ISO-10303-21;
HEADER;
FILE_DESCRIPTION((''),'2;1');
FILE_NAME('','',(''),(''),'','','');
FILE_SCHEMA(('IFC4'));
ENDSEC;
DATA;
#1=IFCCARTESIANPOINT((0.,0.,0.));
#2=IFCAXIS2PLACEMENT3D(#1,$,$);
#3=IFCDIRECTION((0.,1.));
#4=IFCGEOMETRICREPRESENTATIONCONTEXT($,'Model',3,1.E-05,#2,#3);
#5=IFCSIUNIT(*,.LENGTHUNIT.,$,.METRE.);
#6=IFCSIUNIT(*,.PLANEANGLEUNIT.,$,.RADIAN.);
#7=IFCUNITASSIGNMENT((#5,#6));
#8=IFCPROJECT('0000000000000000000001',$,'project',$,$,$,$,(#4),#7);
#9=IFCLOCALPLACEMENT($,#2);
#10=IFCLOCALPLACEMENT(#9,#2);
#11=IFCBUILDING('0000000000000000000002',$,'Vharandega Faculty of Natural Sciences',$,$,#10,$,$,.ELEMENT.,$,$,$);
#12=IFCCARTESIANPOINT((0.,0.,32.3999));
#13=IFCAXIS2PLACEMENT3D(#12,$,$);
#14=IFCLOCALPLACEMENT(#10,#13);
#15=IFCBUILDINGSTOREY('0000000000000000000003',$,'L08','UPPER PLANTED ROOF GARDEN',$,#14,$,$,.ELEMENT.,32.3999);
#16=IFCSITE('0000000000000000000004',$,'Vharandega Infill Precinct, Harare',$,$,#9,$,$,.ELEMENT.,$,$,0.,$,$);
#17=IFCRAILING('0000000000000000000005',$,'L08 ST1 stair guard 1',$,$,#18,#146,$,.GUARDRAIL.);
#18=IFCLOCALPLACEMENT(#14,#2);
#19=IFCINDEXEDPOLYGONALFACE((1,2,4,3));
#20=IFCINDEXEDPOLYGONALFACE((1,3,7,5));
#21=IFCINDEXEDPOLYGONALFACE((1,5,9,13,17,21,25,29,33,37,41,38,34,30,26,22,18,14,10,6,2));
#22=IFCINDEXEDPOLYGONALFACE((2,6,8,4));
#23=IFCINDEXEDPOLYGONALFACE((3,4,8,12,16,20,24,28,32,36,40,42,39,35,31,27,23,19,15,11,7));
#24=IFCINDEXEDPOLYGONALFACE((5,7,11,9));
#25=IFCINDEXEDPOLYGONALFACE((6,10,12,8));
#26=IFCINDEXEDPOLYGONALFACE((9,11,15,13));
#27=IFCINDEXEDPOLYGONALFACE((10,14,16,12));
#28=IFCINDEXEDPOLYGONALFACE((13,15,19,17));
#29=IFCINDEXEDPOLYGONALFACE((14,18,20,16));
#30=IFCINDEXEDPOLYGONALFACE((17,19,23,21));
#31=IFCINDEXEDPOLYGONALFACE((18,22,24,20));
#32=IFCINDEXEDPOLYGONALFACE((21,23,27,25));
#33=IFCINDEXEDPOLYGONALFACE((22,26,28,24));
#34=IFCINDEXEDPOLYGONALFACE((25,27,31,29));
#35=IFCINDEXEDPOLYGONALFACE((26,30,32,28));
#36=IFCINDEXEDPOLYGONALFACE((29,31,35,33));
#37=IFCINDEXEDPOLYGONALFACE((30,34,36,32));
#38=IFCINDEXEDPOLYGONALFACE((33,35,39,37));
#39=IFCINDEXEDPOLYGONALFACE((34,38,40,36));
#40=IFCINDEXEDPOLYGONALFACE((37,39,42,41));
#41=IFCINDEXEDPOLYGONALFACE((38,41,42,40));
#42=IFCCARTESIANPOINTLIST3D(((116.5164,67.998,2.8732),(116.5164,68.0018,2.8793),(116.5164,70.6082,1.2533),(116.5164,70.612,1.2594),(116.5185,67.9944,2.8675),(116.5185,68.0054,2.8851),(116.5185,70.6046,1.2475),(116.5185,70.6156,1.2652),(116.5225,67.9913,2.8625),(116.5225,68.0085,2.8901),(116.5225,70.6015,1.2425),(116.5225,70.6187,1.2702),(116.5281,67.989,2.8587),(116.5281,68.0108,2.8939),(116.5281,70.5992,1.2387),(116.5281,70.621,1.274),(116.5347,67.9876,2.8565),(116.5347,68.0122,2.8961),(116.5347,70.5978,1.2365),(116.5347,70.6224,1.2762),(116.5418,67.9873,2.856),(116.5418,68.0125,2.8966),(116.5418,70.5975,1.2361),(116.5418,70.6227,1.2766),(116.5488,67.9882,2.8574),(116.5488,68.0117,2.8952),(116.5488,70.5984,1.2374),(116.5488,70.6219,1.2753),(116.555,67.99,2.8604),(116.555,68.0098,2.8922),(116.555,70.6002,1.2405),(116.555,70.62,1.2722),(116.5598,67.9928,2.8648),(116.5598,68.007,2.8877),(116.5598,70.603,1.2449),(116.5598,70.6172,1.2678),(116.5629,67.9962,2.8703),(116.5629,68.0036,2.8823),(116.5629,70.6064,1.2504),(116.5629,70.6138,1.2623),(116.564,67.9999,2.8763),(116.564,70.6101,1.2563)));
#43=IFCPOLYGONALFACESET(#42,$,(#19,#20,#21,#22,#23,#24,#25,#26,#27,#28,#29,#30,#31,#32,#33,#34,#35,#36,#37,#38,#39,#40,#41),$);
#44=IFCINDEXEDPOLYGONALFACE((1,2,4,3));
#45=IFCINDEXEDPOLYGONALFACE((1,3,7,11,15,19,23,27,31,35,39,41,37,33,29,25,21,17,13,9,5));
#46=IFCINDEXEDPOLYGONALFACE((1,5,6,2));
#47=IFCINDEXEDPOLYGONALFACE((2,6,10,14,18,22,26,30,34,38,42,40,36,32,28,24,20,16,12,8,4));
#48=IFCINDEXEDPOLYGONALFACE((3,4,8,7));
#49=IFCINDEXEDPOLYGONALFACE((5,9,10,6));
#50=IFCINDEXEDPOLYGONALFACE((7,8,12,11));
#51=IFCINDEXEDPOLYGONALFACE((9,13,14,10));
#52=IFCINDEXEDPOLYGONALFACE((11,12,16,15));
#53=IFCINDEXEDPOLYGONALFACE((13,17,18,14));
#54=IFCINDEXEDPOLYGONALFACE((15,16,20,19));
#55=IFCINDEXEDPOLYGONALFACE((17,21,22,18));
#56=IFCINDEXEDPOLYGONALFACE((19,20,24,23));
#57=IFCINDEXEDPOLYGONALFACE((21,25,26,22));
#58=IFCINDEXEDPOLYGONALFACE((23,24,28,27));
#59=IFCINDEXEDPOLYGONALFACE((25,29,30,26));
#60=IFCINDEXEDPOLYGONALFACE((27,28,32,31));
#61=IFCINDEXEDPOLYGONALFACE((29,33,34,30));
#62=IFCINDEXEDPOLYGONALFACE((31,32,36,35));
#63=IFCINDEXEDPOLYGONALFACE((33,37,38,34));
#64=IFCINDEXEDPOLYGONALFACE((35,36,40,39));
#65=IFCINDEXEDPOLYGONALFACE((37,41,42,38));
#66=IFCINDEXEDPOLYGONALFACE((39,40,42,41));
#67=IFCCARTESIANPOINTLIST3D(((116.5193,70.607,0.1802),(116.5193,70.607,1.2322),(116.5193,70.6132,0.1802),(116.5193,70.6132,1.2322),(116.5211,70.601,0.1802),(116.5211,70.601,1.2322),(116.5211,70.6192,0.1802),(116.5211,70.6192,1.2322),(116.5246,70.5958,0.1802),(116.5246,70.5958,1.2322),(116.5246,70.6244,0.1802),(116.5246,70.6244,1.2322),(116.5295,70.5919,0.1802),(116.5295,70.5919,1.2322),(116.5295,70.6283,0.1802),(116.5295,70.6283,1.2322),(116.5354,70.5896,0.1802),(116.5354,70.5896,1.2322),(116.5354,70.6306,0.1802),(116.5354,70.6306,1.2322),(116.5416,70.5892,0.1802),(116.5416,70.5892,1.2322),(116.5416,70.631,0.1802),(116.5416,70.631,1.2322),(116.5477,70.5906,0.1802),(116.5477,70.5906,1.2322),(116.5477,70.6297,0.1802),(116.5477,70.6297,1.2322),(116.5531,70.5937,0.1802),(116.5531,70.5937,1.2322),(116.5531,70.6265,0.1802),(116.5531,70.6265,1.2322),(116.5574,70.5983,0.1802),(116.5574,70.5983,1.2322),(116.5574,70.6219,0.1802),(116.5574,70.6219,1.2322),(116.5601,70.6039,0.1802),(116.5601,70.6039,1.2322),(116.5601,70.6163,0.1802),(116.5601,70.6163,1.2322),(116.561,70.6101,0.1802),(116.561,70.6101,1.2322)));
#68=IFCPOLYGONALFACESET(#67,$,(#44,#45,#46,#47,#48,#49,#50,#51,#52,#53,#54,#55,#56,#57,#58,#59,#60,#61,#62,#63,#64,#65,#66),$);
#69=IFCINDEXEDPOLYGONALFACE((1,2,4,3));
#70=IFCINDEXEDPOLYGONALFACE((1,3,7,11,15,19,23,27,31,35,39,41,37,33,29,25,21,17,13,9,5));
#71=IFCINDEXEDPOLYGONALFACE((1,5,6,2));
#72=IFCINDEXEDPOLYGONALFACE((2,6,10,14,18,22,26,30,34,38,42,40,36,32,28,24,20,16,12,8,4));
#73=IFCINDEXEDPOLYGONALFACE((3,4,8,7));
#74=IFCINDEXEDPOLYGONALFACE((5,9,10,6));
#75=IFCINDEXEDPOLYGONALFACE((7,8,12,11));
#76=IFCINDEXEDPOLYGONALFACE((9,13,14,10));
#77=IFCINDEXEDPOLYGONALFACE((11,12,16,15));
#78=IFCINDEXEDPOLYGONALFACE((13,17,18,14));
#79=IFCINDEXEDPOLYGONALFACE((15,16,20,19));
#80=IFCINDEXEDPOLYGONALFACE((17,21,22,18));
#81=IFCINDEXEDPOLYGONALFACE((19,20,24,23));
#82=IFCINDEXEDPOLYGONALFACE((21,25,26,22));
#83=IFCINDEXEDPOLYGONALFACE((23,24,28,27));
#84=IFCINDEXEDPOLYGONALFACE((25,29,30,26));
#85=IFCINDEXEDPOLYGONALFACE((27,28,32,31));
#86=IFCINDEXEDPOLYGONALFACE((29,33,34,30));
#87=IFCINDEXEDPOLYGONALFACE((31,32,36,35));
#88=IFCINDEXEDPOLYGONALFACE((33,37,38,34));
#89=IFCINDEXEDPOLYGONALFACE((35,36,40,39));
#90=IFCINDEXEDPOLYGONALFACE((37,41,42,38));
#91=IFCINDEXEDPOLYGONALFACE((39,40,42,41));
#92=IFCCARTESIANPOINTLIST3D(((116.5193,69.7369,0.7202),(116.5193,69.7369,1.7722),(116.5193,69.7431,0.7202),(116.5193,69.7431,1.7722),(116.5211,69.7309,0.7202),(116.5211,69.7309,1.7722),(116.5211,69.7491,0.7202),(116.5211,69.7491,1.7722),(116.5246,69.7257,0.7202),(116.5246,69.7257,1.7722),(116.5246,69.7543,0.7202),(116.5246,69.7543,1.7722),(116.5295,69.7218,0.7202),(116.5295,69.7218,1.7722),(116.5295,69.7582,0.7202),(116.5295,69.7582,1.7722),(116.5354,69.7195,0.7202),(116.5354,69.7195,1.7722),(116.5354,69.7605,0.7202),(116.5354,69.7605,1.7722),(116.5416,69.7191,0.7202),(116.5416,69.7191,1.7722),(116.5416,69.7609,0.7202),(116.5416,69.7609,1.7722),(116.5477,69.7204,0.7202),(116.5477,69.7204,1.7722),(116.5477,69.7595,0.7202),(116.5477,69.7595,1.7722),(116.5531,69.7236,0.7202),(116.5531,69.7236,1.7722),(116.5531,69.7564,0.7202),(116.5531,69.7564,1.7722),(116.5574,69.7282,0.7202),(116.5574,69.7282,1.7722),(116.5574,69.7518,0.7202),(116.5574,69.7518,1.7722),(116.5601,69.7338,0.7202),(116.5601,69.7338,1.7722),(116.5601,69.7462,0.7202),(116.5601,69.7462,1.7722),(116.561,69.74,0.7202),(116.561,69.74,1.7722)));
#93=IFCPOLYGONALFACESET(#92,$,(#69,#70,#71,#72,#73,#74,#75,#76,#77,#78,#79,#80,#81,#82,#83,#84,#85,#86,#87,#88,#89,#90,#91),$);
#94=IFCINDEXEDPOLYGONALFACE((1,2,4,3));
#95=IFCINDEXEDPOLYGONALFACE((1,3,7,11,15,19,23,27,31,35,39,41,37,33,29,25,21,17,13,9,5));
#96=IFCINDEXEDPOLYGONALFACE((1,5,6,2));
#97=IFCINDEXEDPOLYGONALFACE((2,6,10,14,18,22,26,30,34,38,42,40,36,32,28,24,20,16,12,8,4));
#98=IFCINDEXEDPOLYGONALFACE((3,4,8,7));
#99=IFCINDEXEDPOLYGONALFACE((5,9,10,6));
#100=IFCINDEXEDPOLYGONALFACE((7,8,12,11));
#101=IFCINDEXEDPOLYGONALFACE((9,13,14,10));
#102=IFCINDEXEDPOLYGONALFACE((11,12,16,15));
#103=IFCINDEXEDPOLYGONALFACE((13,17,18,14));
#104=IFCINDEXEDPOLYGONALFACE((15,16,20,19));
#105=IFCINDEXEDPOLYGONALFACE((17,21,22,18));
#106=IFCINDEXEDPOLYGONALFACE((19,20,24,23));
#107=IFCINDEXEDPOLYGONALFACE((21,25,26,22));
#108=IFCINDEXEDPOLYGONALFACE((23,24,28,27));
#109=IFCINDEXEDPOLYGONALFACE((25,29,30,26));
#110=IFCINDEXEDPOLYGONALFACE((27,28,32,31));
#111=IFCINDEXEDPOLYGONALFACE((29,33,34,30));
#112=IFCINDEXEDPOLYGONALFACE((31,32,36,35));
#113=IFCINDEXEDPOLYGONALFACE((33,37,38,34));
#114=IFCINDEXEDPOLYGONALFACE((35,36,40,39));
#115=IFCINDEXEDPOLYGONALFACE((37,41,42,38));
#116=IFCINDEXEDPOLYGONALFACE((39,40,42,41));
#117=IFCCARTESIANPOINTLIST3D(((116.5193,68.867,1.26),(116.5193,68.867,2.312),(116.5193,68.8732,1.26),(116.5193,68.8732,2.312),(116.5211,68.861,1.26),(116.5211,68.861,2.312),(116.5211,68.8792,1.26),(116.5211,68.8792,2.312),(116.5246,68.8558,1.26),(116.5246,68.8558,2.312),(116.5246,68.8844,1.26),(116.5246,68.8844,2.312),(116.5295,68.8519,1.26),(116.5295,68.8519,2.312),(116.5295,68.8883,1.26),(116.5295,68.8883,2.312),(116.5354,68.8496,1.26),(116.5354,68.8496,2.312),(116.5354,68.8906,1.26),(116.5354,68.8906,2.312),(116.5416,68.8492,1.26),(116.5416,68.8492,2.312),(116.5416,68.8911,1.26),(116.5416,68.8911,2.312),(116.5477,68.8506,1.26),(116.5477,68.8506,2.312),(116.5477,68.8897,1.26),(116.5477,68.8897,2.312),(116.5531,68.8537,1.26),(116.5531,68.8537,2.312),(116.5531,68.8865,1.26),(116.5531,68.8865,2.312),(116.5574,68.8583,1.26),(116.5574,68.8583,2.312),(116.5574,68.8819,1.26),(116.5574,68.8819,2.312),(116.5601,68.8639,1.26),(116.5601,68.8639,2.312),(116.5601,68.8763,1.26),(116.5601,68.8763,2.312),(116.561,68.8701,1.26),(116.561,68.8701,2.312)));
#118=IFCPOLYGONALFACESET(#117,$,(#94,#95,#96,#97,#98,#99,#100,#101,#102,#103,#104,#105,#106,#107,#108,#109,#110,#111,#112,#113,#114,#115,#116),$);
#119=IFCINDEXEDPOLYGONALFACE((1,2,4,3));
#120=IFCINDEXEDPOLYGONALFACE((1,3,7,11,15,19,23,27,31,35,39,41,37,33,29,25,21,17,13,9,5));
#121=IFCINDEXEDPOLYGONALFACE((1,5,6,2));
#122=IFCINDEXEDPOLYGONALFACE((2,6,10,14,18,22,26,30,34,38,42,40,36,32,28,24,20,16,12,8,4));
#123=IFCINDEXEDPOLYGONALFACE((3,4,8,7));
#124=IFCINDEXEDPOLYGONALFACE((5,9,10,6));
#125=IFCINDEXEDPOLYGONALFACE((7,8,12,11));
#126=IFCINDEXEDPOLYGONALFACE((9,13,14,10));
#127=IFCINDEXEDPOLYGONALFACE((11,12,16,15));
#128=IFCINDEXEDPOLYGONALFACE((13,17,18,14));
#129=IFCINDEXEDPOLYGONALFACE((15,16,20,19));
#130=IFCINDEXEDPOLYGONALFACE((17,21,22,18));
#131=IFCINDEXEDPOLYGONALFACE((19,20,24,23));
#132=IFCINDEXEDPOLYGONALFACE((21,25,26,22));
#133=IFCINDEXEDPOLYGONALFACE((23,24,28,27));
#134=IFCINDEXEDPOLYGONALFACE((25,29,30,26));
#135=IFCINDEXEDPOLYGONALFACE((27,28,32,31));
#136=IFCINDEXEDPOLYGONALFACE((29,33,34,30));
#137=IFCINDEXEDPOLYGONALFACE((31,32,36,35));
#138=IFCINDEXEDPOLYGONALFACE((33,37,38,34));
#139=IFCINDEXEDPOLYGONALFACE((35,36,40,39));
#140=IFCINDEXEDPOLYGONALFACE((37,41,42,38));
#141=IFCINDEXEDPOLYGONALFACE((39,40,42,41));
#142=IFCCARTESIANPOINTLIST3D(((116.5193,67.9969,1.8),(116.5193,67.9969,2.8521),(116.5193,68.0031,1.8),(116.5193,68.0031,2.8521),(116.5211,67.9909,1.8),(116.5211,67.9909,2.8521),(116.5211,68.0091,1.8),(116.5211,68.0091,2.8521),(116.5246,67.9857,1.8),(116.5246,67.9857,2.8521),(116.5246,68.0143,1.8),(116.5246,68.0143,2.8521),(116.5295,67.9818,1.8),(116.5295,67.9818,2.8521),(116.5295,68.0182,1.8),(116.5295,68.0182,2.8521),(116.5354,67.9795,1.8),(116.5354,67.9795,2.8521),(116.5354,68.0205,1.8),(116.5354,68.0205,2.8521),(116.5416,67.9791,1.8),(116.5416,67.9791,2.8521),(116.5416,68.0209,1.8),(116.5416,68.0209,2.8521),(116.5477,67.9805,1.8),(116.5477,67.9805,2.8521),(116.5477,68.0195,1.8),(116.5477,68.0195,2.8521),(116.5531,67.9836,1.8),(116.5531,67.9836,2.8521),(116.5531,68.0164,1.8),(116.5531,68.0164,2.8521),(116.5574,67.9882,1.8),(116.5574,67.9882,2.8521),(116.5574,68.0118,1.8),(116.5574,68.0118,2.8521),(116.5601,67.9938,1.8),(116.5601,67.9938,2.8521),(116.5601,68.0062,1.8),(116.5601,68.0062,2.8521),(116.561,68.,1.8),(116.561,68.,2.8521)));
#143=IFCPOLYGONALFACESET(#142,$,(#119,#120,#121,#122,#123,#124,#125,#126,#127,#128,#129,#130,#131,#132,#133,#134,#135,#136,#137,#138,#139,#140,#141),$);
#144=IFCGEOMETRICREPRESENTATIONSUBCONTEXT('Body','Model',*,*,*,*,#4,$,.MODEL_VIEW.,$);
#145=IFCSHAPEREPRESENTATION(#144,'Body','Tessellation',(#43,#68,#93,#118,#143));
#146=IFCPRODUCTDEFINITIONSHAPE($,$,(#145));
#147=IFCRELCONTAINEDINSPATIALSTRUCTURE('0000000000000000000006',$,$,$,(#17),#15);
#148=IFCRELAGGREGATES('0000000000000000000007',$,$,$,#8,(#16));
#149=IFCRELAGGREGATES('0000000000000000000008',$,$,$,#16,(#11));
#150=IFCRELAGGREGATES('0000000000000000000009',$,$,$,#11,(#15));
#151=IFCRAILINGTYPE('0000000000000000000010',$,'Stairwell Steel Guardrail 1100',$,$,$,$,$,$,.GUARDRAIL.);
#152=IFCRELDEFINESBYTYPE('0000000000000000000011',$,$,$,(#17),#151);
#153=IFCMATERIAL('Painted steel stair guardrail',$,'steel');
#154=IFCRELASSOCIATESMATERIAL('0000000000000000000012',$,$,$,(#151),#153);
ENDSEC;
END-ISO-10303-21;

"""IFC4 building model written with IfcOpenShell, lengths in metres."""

from ifc_helpers import new_model, si_unit, direction, frame, origin, origin_2d, place, context, subcontext, project, spatial, circle, extrude, material, type_object, element, save


model = new_model("IFC4")

# Units and contexts
model_context = context("Model", 3, precision=1e-05, world=origin(), true_north=direction((0.0, 1.0)))
body_context = subcontext(model_context, "Body", "Model", "MODEL_VIEW")
ifc_project = project(units=[si_unit("LENGTHUNIT", "METRE"), si_unit("PLANEANGLEUNIT", "RADIAN")], contexts=[model_context])

# Site, building, storey
site_placement = place(None, origin())
site = spatial("IfcSite", under=ifc_project, at=site_placement, Name="Vharandega Infill Precinct, Harare", CompositionType="ELEMENT", RefElevation=0.0)
building_placement = place(site_placement, origin())
building = spatial("IfcBuilding", under=site, at=building_placement, Name="Vharandega Faculty of Natural Sciences", CompositionType="ELEMENT")
storey_placement = place(building_placement, frame((0.0, 0.0, 32.3999)))
storey = spatial("IfcBuildingStorey", under=building, at=storey_placement, Name="L08", Description="UPPER PLANTED ROOF GARDEN", CompositionType="ELEMENT", Elevation=32.3999)

# Railing
ifc_material_1 = material(Name="Painted steel stair guardrail", Category="steel")
railing_type_1 = type_object("IfcRailingType", Name="Stairwell Steel Guardrail 1100", PredefinedType="GUARDRAIL", material=ifc_material_1)
railing_1_placement = place(storey_placement, frame((116.54, 70.6101, 0.1802)))
element("IfcRailing", 1, at=railing_1_placement, inside=storey, type_object=railing_type_1, Name="L08 ST1 stair guard 1", PredefinedType="GUARDRAIL", context=body_context, shape_type="SweptSolid", body=[
    extrude(circle(Radius=0.0239, at=origin_2d()), frame((0.0, 0.0, 1.0762), z_axis=(0.0, -0.849668, 0.527317), x_axis=(1.0, 0.0, 0.0)), (0.0, 0.0, 1.0), 3.072),
    extrude(circle(Radius=0.021, at=origin_2d()), origin(), (0.0, 0.0, 1.0), 1.052),
    extrude(circle(Radius=0.021, at=origin_2d()), frame((0.0, -0.8701, 0.54)), (0.0, 0.0, 1.0), 1.052),
    extrude(circle(Radius=0.021, at=origin_2d()), frame((0.0, -1.74, 1.0798)), (0.0, 0.0, 1.0), 1.052),
    extrude(circle(Radius=0.021, at=origin_2d()), frame((0.0, -2.6101, 1.6199)), (0.0, 0.0, 1.0), 1.052),
])

save(model, "model.ifc")
